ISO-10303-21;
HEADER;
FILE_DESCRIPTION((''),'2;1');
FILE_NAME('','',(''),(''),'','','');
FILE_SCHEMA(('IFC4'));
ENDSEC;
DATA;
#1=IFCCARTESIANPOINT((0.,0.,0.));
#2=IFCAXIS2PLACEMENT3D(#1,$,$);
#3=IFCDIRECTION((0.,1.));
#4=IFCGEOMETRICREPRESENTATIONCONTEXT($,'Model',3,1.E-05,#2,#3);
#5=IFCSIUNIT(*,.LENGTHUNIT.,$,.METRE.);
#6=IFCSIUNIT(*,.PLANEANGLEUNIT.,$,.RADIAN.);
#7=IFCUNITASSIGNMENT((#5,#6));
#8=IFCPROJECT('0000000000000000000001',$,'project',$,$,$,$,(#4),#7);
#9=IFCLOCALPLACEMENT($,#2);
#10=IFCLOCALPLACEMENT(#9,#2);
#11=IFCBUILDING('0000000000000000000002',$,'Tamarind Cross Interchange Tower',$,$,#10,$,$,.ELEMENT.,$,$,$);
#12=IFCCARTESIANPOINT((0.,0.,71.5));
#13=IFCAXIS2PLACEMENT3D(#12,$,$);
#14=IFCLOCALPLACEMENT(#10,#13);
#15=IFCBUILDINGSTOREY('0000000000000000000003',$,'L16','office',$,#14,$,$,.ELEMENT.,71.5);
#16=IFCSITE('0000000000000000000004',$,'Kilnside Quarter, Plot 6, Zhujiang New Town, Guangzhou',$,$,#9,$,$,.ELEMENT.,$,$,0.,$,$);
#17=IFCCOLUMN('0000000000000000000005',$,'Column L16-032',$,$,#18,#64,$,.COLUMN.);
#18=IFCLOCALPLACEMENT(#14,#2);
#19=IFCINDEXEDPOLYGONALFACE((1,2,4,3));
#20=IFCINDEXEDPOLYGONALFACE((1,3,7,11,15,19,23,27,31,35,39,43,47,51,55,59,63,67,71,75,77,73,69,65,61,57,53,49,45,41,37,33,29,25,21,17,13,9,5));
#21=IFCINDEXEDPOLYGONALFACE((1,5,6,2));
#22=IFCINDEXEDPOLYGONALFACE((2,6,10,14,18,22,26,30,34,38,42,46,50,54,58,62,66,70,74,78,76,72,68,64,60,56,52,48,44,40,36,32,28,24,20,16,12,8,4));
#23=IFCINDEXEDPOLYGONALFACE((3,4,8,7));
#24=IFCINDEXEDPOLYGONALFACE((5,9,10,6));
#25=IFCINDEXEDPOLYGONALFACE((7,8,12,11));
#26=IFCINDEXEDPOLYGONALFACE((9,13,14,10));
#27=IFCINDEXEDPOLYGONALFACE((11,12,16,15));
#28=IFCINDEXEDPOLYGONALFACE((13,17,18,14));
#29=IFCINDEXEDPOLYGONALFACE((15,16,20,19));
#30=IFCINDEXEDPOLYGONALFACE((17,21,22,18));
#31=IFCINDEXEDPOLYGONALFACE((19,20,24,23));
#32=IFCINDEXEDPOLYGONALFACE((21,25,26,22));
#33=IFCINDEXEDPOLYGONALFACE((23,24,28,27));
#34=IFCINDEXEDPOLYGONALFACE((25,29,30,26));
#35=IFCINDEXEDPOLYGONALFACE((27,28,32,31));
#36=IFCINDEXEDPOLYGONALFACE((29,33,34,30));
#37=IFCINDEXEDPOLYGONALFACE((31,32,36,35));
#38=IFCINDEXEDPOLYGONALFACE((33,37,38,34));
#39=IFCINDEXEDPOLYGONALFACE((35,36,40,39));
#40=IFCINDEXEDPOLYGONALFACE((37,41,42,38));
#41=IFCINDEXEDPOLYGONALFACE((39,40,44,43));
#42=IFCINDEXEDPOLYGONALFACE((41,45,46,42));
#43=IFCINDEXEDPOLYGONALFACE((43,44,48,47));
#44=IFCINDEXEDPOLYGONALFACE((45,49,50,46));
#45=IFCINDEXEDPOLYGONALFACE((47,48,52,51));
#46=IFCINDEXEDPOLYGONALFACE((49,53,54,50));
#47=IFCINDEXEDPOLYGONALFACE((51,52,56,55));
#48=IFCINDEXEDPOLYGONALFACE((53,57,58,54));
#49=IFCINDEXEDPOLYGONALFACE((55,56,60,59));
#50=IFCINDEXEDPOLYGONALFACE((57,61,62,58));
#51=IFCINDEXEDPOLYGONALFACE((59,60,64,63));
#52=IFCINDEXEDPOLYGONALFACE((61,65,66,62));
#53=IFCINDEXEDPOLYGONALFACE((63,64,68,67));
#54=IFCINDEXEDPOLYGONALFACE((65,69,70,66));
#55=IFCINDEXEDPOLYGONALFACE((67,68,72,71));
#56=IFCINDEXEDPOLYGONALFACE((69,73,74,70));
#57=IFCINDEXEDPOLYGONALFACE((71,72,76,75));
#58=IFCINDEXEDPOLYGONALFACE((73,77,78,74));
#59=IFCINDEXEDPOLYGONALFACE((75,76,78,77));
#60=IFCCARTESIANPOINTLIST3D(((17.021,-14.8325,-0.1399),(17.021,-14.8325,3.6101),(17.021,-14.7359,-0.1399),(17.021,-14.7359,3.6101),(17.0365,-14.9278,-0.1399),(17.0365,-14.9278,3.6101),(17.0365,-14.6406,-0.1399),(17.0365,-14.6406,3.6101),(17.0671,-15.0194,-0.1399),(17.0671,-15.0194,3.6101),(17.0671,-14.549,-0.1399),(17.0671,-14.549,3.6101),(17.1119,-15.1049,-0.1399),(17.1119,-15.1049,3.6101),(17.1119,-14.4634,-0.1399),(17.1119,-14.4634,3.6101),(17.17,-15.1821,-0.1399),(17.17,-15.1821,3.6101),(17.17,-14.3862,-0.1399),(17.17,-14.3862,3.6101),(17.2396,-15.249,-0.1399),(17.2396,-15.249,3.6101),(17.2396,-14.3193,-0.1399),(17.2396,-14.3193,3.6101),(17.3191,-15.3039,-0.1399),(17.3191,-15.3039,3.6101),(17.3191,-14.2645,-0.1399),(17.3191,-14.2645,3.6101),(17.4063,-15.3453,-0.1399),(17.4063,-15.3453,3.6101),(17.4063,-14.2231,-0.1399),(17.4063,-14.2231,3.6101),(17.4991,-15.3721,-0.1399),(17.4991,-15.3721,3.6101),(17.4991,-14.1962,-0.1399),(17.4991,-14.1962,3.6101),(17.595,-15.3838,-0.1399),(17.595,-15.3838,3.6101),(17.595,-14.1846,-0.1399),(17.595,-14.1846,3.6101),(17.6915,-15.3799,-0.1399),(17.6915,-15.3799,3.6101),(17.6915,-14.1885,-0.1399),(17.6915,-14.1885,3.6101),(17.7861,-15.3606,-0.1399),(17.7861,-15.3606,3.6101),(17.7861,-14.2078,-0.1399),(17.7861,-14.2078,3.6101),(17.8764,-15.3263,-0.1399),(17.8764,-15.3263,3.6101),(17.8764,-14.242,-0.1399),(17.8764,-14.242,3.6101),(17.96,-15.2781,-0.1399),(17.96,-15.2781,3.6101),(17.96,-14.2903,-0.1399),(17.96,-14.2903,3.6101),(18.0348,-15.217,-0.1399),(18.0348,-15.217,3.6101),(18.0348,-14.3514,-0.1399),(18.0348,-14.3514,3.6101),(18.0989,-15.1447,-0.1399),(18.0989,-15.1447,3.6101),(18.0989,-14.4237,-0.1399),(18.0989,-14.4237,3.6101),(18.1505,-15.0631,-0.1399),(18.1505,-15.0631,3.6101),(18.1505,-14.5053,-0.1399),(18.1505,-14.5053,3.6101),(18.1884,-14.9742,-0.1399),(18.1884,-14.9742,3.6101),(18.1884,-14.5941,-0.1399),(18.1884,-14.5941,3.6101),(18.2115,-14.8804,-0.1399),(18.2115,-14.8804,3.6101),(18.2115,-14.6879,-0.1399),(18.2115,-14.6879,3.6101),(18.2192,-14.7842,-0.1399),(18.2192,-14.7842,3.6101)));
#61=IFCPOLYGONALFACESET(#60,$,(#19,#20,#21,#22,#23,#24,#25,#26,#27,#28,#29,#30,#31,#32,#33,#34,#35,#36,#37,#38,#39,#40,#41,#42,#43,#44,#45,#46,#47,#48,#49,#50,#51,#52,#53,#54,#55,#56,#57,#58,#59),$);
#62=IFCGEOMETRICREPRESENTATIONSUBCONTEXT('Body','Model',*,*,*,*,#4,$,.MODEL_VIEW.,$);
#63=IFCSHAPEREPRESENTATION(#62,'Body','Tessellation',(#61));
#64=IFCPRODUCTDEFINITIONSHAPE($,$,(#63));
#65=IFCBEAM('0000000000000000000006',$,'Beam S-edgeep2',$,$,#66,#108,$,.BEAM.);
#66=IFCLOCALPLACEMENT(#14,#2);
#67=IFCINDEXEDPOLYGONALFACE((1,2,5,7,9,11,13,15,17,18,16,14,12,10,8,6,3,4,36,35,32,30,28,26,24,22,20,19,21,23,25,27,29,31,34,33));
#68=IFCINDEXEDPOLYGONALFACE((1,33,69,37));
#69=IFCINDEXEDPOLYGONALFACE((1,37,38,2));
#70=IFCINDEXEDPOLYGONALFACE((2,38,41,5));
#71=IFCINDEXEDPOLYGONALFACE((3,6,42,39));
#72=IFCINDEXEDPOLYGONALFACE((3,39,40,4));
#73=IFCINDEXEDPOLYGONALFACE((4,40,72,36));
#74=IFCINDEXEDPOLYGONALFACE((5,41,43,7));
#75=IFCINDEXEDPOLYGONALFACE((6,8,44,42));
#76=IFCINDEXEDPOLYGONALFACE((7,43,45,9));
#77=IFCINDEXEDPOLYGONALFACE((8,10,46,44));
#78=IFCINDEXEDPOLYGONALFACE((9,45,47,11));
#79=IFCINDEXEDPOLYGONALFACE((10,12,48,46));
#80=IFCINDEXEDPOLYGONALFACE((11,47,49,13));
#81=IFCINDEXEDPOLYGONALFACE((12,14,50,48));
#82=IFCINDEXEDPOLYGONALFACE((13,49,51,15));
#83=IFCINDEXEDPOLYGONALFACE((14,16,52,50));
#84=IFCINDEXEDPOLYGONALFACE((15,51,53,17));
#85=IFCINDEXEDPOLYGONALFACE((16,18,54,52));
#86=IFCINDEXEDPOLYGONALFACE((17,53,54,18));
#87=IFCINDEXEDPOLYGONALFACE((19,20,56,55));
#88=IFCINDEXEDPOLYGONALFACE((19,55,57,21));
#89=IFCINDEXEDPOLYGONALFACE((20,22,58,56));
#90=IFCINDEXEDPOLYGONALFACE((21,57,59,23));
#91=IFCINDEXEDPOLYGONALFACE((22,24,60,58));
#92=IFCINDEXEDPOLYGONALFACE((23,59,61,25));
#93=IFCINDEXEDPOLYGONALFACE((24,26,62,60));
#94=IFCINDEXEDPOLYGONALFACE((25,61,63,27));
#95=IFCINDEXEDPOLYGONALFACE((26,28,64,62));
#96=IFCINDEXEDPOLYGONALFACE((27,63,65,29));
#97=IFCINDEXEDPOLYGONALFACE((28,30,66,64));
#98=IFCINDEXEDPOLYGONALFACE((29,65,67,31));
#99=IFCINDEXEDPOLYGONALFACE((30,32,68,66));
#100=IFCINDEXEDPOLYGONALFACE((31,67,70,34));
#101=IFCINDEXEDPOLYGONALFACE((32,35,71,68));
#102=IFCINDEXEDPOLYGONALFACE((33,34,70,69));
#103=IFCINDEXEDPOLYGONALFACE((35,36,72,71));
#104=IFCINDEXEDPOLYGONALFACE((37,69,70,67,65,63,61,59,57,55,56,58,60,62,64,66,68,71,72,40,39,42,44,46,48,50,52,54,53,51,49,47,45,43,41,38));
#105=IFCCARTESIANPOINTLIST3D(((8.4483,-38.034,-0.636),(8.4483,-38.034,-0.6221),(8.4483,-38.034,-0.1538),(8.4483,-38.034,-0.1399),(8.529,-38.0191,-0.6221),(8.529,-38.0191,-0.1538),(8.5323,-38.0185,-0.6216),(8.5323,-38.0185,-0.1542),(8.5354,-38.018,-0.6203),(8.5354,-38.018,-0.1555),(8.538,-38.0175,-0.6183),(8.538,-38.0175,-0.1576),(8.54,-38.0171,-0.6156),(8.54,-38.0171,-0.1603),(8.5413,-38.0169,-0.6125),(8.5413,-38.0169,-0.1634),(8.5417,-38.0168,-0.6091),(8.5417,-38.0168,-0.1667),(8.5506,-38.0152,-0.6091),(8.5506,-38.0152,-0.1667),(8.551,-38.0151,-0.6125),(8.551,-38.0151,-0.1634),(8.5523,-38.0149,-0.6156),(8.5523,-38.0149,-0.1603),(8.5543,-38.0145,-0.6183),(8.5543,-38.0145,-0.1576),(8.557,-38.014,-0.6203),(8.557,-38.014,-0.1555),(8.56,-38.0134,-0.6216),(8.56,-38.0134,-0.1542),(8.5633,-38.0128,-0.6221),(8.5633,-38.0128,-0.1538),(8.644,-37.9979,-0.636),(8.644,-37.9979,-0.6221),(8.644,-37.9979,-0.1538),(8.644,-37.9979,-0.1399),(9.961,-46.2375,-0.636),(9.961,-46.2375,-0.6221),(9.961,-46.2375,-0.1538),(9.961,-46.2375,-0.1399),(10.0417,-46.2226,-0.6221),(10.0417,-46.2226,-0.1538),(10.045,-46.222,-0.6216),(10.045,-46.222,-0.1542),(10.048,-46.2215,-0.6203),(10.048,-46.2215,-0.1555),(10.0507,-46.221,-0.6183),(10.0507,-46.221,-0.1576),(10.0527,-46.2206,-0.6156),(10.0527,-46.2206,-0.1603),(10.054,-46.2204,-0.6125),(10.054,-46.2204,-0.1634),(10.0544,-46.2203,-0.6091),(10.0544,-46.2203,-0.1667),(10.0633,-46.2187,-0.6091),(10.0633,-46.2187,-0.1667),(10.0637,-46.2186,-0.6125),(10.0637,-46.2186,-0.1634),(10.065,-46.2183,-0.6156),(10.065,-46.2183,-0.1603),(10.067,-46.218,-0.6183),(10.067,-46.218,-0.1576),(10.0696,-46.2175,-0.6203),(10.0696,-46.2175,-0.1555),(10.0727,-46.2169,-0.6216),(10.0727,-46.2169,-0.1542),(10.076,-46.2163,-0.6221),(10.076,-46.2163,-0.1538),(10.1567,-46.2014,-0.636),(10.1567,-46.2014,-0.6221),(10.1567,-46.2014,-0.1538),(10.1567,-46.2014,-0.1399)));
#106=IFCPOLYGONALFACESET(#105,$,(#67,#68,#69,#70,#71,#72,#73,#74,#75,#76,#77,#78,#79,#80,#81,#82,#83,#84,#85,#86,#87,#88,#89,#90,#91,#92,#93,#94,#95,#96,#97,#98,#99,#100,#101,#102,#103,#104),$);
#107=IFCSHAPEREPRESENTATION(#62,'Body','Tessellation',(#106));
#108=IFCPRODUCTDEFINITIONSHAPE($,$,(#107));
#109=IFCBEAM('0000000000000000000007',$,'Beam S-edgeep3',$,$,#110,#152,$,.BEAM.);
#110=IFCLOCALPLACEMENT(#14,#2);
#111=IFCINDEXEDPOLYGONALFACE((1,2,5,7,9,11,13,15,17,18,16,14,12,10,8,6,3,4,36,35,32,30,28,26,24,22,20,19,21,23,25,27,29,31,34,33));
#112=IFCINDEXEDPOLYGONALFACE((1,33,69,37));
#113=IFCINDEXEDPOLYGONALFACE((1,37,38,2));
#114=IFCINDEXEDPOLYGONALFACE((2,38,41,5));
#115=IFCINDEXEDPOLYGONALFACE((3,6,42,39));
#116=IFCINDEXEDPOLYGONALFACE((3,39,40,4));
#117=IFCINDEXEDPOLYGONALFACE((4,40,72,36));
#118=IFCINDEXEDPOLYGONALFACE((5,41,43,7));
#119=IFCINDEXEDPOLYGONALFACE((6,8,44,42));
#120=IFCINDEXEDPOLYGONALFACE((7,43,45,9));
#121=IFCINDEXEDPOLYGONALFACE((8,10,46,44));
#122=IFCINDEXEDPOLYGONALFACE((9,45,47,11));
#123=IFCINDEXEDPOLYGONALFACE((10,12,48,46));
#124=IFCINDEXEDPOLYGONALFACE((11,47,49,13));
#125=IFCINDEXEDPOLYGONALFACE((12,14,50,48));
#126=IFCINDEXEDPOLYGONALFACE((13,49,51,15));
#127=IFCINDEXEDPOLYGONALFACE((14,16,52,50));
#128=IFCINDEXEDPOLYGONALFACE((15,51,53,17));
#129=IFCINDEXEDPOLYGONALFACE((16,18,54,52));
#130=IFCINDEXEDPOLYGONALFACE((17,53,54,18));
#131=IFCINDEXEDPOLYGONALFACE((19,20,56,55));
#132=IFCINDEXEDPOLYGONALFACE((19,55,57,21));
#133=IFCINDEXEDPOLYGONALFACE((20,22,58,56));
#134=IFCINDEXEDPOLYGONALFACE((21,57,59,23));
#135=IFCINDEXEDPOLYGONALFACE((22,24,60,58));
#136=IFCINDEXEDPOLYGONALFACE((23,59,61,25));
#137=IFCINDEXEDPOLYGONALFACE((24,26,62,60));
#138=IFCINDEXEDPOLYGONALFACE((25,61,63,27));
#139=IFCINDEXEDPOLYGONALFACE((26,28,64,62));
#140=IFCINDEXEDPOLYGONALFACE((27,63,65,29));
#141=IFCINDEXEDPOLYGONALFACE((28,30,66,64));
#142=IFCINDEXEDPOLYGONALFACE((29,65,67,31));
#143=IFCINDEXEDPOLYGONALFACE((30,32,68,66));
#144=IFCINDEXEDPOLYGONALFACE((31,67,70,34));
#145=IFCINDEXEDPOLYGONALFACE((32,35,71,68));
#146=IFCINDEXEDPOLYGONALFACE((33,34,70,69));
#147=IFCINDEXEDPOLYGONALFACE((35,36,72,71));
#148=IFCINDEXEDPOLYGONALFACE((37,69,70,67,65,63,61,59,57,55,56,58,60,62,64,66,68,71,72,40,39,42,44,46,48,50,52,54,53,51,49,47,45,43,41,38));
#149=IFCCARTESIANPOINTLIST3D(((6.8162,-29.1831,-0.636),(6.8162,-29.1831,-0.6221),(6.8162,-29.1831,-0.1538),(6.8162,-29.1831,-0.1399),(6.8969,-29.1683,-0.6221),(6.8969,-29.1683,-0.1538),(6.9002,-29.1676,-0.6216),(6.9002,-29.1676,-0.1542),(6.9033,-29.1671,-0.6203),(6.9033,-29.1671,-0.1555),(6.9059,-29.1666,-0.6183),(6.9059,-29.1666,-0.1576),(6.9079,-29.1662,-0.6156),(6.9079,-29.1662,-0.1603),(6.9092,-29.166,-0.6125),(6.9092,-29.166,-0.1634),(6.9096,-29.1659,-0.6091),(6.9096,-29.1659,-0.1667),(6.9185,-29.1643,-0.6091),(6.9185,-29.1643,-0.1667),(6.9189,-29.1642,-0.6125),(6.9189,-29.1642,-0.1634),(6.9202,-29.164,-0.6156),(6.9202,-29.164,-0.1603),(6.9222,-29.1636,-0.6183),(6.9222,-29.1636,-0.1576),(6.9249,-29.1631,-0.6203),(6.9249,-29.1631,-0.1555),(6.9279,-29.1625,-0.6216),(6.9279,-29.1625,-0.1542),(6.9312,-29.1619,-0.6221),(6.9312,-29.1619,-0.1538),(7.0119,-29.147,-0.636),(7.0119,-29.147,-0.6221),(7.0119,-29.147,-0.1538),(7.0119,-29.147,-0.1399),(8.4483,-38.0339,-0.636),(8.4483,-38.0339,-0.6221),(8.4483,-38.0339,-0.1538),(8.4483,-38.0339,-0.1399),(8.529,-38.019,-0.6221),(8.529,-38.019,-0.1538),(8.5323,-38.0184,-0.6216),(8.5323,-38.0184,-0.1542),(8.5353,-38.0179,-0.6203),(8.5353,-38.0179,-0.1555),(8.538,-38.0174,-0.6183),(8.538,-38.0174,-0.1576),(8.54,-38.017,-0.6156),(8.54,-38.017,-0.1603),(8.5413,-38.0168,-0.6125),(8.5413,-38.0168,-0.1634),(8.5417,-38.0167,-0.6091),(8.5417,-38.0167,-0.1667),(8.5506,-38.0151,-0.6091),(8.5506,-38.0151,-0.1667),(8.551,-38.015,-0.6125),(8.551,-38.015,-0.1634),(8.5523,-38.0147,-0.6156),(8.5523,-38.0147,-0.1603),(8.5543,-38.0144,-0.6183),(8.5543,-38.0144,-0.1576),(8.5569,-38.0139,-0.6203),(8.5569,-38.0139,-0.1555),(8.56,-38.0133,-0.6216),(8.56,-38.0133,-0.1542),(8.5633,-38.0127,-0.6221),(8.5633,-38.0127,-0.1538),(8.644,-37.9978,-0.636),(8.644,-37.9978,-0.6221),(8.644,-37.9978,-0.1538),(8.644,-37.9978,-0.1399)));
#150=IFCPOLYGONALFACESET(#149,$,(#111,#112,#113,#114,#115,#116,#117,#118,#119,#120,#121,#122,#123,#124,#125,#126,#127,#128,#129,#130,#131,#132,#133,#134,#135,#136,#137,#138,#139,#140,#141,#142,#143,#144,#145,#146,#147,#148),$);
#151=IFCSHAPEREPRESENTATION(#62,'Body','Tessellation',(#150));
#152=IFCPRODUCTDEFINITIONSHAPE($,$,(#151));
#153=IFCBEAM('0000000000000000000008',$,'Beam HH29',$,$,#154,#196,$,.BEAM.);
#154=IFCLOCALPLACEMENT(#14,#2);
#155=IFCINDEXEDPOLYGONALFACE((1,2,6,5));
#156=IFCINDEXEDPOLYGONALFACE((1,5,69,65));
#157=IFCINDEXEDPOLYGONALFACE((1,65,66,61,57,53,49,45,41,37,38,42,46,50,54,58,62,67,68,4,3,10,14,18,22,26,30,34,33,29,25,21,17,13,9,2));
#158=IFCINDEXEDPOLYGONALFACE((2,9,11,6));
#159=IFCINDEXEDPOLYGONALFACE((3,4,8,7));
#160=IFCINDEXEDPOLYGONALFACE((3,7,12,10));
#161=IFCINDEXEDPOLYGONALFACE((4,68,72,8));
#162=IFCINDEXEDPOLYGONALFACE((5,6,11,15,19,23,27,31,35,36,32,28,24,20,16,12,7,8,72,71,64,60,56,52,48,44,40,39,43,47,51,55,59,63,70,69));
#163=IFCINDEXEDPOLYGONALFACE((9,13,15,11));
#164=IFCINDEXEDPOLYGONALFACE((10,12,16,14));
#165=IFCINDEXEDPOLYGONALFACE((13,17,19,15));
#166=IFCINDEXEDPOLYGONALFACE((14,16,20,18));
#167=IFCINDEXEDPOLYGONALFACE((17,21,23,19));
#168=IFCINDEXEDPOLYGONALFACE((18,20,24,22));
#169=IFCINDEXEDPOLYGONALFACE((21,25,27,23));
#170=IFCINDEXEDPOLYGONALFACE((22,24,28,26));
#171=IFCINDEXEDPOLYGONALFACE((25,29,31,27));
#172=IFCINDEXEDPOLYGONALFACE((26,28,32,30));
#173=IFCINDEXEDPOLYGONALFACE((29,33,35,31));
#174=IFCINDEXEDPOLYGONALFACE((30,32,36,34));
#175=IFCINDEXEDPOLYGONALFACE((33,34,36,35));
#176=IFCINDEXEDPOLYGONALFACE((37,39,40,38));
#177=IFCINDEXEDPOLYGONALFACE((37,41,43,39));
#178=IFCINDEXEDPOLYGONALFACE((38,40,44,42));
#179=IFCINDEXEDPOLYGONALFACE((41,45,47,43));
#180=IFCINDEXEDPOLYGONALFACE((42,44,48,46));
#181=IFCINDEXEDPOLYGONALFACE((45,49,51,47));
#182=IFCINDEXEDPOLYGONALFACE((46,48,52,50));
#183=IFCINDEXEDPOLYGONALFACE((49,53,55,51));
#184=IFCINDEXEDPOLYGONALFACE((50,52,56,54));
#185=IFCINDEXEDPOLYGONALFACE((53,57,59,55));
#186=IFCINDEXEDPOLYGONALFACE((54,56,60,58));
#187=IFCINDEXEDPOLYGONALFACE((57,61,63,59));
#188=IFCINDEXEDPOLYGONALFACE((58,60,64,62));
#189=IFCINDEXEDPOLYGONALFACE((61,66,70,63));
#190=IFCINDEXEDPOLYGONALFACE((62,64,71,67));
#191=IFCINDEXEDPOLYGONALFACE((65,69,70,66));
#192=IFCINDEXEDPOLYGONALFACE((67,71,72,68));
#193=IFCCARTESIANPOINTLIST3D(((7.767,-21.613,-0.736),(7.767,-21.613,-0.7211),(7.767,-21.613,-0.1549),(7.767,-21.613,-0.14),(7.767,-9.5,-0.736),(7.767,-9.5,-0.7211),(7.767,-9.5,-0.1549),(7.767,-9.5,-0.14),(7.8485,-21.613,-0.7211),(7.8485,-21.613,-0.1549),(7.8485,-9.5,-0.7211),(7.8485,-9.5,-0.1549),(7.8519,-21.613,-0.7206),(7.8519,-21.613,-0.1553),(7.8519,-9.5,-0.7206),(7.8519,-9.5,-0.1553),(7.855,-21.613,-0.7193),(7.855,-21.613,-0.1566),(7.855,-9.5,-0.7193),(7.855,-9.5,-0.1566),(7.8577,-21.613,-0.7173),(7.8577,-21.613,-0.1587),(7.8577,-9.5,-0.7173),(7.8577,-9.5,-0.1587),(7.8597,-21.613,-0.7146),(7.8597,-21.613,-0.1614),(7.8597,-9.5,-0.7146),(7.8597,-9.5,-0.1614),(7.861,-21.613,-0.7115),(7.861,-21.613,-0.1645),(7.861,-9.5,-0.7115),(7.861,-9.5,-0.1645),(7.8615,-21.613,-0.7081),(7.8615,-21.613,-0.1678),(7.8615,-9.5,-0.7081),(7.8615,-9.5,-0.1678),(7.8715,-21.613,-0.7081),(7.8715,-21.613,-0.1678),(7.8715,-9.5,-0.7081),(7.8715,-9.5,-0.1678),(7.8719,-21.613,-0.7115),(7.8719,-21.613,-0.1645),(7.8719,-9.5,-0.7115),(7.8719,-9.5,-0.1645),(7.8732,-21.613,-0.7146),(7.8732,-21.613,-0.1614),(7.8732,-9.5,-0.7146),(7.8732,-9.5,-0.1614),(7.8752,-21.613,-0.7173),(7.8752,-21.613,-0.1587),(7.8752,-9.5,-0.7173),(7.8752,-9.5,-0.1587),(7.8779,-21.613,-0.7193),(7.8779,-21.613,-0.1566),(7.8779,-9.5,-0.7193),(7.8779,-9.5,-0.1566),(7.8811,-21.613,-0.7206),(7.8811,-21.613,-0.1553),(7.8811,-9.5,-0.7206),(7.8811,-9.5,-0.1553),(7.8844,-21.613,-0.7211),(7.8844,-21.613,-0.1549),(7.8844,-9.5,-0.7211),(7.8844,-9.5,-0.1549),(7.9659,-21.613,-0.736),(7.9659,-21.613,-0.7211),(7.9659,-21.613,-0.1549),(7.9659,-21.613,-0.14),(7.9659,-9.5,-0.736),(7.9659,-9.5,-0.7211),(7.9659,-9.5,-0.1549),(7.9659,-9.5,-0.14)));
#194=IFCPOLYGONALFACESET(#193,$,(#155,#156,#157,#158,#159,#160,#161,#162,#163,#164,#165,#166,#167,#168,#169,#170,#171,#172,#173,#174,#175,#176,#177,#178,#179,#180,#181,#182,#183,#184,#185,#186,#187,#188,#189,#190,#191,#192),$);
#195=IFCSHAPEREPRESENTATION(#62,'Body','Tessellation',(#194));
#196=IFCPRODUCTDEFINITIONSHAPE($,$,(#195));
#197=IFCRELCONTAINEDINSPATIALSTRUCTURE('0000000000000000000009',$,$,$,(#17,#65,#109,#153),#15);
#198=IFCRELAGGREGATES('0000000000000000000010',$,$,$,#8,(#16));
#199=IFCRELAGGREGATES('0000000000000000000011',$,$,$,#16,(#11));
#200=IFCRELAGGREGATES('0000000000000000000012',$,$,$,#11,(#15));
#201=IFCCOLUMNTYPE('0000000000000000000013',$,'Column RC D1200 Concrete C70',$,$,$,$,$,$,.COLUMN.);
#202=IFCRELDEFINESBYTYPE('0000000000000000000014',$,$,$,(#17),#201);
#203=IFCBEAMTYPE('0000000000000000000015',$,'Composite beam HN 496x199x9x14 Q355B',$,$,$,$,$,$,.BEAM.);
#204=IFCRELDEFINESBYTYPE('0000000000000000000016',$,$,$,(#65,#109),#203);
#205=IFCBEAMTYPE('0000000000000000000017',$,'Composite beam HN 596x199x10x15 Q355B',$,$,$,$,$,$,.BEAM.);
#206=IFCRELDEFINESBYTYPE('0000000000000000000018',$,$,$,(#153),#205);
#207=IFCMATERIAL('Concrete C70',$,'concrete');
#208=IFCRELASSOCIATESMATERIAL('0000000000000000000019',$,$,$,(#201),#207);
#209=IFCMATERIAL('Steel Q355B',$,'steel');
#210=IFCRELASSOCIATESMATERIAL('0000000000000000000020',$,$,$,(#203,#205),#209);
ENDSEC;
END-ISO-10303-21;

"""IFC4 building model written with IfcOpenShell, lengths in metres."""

from ifc_helpers import new_model, si_unit, direction, frame, origin, origin_2d, place, context, subcontext, project, spatial, circle, i_section, extrude, material, material_profile, profile_set, type_object, element, save


model = new_model("IFC4")

# Units and contexts
model_context = context("Model", 3, precision=1e-05, world=origin(), true_north=direction((0.0, 1.0)))
body_context = subcontext(model_context, "Body", "Model", "MODEL_VIEW")
ifc_project = project(units=[si_unit("LENGTHUNIT", "METRE"), si_unit("PLANEANGLEUNIT", "RADIAN")], contexts=[model_context])

# Site, building, storey
site_placement = place(None, origin())
site = spatial("IfcSite", under=ifc_project, at=site_placement, Name="Kilnside Quarter, Plot 6, Zhujiang New Town, Guangzhou", CompositionType="ELEMENT", RefElevation=0.0)
building_placement = place(site_placement, origin())
building = spatial("IfcBuilding", under=site, at=building_placement, Name="Tamarind Cross Interchange Tower", CompositionType="ELEMENT")
storey_placement = place(building_placement, frame((0.0, 0.0, 71.5)))
storey = spatial("IfcBuildingStorey", under=building, at=storey_placement, Name="L16", Description="office", CompositionType="ELEMENT", Elevation=71.5)

# Column
ifc_material_1 = material(Name="Concrete C70", Category="concrete")
ifc_material_profile_1 = material_profile(ifc_material_1, circle(Radius=0.6001, at=origin_2d()), Name="RC D1200")
ifc_profile_set_1 = profile_set([ifc_material_profile_1], Name="Concrete C70")
column_type_1 = type_object("IfcColumnType", Name="Column RC D1200 Concrete C70", PredefinedType="COLUMN", material=ifc_profile_set_1)
for number, where, z_axis, x_axis, name in (
    (1, (17.6191, -14.7842, -0.1399), (0.0, 0.0, 1.0), (1.0, 0.0, 0.0), "Column L16-032"),
):
    element("IfcColumn", number, at=place(storey_placement, frame(where, z_axis=z_axis, x_axis=x_axis)), inside=storey, type_object=column_type_1, Name=name, PredefinedType="COLUMN", context=body_context, shape_type="SweptSolid", body=[
        extrude(circle(Radius=0.6001, at=origin_2d()), origin(), (0.0, 0.0, 1.0), 3.75),
    ])

# Beams
ifc_material_2 = material(Name="Steel Q355B", Category="steel")
ifc_material_profile_2 = material_profile(ifc_material_2, i_section(OverallWidth=0.199, OverallDepth=0.4961, WebThickness=0.009, FlangeThickness=0.0139, FilletRadius=0.0129, at=origin_2d()), Name="HN 496x199x9x14")
ifc_profile_set_2 = profile_set([ifc_material_profile_2], Name="Steel Q355B")
beam_type_1 = type_object("IfcBeamType", Name="Composite beam HN 496x199x9x14 Q355B", PredefinedType="BEAM", material=ifc_profile_set_2)
beam_1_placement = place(storey_placement, frame((10.0588, -46.2195, -0.3879), z_axis=(-0.181337, 0.983421, 0.0), x_axis=(-0.983421, -0.181337, 0.0)))
element("IfcBeam", 2, at=beam_1_placement, inside=storey, type_object=beam_type_1, Name="Beam S-edgeep2", PredefinedType="BEAM", context=body_context, shape_type="SweptSolid", body=[
    extrude(i_section(OverallWidth=0.199, OverallDepth=0.4961, WebThickness=0.009, FlangeThickness=0.0139, FilletRadius=0.0129, at=origin_2d()), origin(), (0.0, 0.0, 1.0), 8.3418),
])
beam_2_placement = place(storey_placement, frame((8.5461, -38.0159, -0.3879), z_axis=(-0.181341, 0.98342, 0.0), x_axis=(-0.98342, -0.181341, 0.0)))
element("IfcBeam", 3, at=beam_2_placement, inside=storey, type_object=beam_type_1, Name="Beam S-edgeep3", PredefinedType="BEAM", context=body_context, shape_type="SweptSolid", body=[
    extrude(i_section(OverallWidth=0.199, OverallDepth=0.4961, WebThickness=0.009, FlangeThickness=0.0139, FilletRadius=0.0129, at=origin_2d()), origin(), (0.0, 0.0, 1.0), 9.0),
])
ifc_material_profile_3 = material_profile(ifc_material_2, i_section(OverallWidth=0.199, OverallDepth=0.5959, WebThickness=0.01, FlangeThickness=0.0149, FilletRadius=0.0129, at=origin_2d()), Name="HN 596x199x10x15")
ifc_profile_set_3 = profile_set([ifc_material_profile_3], Name="Steel Q355B")
beam_type_2 = type_object("IfcBeamType", Name="Composite beam HN 596x199x10x15 Q355B", PredefinedType="BEAM", material=ifc_profile_set_3)
beam_3_placement = place(storey_placement, frame((7.8665, -21.613, -0.438), z_axis=(0.0, 1.0, 0.0), x_axis=(-1.0, 0.0, 0.0)))
element("IfcBeam", 4, at=beam_3_placement, inside=storey, type_object=beam_type_2, Name="Beam HH29", PredefinedType="BEAM", context=body_context, shape_type="SweptSolid", body=[
    extrude(i_section(OverallWidth=0.199, OverallDepth=0.5959, WebThickness=0.01, FlangeThickness=0.0149, FilletRadius=0.0129, at=origin_2d()), origin(), (0.0, 0.0, 1.0), 12.113),
])

save(model, "model.ifc")
